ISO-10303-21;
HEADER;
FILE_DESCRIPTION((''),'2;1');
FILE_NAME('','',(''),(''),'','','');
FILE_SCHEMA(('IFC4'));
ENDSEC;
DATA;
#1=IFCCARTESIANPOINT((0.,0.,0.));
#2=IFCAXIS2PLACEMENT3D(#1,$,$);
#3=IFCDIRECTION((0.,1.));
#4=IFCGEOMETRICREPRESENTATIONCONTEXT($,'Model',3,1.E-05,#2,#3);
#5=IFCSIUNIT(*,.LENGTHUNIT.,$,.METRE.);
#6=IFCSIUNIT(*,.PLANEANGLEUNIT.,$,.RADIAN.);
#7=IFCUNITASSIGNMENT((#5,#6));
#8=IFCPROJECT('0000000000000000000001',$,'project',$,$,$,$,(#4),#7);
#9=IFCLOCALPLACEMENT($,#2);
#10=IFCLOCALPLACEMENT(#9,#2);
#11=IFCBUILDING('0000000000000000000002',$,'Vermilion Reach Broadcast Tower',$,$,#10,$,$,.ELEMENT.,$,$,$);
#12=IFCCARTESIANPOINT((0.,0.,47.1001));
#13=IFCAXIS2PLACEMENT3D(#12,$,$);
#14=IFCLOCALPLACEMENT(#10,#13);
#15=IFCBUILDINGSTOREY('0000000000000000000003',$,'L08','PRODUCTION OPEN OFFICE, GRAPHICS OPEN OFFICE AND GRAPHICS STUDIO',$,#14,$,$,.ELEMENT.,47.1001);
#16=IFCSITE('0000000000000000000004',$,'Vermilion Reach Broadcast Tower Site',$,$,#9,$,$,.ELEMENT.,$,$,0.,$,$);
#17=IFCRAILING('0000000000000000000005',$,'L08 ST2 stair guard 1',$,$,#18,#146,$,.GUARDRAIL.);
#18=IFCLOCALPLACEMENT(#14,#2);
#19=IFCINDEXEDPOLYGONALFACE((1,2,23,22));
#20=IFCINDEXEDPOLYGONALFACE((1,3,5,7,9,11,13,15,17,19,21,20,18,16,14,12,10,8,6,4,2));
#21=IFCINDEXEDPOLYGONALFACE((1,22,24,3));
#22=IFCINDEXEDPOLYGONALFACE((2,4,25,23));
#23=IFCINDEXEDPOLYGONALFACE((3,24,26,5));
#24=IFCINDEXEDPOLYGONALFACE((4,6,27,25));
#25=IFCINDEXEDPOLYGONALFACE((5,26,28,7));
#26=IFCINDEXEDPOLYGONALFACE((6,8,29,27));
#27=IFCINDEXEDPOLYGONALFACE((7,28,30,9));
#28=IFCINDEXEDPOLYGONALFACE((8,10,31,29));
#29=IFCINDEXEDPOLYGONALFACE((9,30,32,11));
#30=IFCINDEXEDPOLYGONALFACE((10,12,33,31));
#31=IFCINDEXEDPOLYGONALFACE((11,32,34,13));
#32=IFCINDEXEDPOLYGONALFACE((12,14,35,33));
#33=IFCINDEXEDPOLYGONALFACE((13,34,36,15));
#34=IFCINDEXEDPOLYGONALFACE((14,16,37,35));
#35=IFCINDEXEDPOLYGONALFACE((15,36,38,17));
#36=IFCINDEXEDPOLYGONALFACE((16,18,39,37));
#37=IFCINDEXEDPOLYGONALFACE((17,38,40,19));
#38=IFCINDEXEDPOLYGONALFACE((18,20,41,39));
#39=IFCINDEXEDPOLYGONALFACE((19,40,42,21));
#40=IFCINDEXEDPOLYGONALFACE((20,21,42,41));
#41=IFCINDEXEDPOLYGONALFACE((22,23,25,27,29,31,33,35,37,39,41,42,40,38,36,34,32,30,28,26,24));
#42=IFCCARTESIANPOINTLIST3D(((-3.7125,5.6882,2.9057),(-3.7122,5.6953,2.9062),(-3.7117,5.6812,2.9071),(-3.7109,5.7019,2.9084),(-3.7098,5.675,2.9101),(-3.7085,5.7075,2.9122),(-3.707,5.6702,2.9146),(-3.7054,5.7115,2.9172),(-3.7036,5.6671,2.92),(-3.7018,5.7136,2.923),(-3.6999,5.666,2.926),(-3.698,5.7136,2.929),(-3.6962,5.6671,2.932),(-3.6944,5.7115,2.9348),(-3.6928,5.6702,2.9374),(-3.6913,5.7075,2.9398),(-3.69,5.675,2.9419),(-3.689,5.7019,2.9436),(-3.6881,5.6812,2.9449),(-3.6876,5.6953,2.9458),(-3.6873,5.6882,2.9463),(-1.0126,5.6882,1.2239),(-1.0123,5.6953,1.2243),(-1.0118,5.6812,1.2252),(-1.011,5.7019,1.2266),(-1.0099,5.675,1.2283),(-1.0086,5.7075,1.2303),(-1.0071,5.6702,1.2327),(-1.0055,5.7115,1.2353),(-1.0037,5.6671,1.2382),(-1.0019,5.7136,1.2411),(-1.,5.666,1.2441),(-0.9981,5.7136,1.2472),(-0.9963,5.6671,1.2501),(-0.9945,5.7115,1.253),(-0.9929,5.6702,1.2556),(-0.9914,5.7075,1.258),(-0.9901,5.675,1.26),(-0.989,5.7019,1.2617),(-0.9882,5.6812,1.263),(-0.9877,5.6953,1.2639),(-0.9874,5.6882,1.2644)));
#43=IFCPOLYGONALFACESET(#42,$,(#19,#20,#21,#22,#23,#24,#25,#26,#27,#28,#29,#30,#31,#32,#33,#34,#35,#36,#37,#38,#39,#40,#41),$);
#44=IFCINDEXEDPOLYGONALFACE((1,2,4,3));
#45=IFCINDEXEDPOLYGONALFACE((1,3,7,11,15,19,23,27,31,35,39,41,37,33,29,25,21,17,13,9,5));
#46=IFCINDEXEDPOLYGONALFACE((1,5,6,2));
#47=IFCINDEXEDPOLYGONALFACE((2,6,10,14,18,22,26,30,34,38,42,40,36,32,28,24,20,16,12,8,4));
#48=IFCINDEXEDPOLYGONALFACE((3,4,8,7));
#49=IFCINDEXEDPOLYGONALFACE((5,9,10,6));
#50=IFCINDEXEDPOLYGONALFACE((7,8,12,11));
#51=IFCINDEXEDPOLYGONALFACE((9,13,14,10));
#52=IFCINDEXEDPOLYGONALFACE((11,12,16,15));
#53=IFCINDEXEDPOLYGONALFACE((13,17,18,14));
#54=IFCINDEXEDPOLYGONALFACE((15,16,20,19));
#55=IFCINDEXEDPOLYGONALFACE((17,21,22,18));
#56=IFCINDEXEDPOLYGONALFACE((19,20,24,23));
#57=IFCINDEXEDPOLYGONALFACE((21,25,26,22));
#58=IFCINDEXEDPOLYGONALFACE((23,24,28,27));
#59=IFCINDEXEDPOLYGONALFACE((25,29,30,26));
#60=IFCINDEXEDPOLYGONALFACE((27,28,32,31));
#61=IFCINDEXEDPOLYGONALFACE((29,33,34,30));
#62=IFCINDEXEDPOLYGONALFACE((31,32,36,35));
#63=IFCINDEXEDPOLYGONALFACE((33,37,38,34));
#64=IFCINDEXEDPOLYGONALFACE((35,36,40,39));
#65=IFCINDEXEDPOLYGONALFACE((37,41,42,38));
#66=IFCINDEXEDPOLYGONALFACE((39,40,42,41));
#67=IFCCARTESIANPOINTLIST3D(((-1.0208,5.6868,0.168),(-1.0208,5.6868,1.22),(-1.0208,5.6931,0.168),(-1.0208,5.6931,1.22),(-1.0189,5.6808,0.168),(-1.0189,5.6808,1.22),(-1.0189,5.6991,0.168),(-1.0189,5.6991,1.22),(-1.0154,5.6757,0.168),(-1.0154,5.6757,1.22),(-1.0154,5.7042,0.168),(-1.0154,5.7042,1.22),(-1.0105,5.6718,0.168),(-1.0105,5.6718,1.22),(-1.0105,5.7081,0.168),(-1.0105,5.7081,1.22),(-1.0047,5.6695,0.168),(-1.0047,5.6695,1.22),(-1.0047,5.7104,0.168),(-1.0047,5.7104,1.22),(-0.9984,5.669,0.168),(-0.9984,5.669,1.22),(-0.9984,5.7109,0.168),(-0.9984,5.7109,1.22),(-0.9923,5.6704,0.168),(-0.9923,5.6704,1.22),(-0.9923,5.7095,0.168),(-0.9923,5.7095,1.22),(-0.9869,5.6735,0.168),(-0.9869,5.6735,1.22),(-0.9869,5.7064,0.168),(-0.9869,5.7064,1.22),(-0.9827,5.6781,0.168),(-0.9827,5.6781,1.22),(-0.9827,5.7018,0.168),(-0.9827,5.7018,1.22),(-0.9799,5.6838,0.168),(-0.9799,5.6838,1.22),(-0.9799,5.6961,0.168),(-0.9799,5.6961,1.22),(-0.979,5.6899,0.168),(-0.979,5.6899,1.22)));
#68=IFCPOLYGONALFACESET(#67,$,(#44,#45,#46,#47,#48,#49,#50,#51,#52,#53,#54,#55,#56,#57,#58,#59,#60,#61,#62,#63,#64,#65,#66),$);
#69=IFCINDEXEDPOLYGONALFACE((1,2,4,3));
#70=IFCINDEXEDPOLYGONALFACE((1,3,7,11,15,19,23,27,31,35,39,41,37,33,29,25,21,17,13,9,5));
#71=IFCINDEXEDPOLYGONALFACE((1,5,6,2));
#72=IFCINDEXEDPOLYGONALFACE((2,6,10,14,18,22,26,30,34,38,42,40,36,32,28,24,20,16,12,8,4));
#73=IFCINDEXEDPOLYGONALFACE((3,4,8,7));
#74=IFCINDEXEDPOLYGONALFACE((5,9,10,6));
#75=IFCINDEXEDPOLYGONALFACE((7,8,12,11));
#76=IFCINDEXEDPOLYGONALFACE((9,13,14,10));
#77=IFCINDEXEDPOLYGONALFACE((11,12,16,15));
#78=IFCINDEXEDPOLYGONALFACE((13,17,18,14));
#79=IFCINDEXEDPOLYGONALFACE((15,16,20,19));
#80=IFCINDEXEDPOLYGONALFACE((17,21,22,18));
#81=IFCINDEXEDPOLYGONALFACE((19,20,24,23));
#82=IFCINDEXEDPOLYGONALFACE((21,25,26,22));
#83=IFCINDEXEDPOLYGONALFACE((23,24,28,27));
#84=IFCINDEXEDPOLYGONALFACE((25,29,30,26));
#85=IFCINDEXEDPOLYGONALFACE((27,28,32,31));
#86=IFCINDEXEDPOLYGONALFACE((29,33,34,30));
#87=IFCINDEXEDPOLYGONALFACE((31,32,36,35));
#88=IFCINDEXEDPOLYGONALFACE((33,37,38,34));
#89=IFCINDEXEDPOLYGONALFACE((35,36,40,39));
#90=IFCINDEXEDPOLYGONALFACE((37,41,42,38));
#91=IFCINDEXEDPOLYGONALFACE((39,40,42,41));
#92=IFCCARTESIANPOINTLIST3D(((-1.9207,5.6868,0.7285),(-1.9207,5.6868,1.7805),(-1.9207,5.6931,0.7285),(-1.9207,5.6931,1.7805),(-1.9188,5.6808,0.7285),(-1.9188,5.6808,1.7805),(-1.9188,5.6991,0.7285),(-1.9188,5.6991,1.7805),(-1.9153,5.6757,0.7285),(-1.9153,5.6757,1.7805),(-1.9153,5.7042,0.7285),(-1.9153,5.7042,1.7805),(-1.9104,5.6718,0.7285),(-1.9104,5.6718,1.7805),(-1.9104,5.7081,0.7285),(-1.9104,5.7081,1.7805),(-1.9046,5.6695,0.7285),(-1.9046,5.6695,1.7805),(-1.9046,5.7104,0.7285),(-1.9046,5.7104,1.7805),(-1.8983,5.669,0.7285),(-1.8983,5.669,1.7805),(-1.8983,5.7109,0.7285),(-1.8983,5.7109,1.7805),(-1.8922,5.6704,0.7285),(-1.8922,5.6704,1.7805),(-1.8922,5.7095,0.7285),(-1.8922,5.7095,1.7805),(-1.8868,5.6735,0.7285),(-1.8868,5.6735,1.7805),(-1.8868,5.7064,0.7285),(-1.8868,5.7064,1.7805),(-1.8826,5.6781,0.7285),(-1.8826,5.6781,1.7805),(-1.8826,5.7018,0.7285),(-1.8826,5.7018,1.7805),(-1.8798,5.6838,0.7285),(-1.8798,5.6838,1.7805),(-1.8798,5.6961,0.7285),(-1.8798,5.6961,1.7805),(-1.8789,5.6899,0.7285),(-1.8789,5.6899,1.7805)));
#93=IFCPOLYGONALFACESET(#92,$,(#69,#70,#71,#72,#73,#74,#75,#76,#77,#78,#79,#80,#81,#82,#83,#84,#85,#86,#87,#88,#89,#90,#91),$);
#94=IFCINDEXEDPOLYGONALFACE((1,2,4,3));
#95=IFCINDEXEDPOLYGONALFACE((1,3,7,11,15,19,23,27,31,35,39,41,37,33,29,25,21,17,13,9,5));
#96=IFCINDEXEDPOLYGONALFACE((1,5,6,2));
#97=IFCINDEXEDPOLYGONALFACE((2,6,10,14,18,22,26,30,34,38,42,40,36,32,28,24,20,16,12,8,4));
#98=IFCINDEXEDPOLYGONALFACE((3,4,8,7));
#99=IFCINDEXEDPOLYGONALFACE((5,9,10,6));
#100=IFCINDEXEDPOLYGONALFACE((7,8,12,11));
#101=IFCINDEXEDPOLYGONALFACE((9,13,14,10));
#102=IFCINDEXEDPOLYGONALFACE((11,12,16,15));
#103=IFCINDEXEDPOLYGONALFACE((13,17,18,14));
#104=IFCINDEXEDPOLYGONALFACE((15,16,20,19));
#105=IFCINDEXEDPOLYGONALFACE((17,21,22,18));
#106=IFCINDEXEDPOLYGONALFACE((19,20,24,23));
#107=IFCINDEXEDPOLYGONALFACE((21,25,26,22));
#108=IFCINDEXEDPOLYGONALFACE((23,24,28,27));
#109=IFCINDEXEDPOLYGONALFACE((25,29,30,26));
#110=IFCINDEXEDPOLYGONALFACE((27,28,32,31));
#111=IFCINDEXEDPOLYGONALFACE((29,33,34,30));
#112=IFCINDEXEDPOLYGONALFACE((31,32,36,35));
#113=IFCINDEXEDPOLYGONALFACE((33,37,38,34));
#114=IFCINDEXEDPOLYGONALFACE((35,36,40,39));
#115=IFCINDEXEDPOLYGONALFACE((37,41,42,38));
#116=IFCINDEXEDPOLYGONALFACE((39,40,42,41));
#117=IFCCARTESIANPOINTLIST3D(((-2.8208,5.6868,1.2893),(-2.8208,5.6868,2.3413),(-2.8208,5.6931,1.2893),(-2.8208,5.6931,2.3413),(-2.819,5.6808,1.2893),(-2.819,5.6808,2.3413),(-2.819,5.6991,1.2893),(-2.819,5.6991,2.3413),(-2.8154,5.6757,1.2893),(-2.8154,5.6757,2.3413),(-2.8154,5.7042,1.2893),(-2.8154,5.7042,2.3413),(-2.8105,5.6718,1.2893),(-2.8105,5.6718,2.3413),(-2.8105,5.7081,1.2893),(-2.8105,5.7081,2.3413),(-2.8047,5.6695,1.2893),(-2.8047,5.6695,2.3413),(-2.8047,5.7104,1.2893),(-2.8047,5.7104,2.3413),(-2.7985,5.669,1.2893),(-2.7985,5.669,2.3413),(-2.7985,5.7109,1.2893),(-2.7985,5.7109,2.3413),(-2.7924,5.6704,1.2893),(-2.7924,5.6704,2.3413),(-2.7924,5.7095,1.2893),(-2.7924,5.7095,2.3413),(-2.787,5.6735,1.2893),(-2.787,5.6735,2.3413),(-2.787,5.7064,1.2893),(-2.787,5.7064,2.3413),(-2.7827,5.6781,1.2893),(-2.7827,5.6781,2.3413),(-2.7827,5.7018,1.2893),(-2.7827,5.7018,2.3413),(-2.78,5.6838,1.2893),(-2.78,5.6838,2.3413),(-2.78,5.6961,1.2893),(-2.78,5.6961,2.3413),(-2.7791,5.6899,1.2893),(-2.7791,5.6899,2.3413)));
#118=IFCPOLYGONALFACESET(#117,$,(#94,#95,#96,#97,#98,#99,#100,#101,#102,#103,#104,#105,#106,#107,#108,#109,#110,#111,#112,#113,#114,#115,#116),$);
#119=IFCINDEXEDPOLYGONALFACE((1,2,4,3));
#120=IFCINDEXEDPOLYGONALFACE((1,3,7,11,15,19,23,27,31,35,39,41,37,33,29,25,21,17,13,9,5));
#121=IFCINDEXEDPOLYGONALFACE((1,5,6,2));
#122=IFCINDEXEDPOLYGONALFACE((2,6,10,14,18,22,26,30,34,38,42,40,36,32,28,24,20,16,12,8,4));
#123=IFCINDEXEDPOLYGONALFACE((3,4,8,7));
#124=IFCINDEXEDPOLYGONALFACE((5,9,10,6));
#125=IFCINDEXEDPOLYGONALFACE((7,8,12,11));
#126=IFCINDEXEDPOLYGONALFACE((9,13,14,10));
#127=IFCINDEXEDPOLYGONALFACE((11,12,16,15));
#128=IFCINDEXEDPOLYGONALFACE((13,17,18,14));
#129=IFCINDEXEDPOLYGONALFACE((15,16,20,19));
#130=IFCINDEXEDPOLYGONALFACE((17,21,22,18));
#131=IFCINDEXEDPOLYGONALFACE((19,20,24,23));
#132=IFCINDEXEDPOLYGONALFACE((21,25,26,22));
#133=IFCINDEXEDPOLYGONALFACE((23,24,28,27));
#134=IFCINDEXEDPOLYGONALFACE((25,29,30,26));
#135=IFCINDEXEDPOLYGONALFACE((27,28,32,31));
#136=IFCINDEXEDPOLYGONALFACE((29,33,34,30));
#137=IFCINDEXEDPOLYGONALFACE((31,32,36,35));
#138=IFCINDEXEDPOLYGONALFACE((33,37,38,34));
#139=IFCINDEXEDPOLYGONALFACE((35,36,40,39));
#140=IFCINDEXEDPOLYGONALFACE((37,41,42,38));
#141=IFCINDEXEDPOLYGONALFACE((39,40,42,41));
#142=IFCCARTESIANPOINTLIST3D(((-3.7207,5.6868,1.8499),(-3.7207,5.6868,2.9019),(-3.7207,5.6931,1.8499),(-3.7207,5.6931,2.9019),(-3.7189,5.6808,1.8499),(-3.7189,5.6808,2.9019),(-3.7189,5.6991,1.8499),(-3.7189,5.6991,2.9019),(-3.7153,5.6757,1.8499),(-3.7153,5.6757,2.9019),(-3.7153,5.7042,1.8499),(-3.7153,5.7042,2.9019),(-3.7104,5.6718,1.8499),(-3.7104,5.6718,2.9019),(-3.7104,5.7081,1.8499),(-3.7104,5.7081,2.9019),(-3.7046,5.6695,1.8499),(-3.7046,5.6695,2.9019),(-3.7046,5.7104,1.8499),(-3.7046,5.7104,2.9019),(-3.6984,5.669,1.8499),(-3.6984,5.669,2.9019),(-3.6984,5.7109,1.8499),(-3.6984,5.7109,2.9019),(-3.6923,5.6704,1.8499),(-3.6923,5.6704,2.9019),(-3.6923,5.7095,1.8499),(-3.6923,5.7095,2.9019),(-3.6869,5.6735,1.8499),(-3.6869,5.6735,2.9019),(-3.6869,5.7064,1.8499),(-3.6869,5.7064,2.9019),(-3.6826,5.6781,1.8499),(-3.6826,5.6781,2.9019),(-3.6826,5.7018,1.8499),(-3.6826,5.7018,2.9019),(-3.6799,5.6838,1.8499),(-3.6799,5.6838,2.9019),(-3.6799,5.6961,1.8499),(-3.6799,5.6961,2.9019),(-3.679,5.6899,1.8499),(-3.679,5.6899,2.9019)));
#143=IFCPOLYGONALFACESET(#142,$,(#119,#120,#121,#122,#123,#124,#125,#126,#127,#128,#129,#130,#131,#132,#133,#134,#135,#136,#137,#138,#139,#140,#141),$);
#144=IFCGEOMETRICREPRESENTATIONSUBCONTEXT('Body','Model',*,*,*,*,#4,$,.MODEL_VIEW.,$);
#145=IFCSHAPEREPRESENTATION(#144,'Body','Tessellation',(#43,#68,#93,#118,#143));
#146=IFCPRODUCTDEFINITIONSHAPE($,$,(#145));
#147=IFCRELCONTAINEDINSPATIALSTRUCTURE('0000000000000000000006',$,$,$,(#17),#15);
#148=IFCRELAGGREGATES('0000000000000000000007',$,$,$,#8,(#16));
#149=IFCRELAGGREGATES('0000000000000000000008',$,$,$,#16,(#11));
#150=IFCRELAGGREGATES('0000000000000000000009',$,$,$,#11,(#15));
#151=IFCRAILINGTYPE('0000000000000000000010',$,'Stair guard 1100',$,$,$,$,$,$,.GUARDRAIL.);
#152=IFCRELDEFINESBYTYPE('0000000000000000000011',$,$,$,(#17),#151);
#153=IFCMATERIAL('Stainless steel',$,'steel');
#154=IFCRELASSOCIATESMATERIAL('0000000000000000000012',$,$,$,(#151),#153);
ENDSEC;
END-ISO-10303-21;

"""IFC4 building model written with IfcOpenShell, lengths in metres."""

from ifc_helpers import new_model, si_unit, direction, frame, origin, origin_2d, place, context, subcontext, project, spatial, circle, extrude, material, type_object, element, save


model = new_model("IFC4")

# Units and contexts
model_context = context("Model", 3, precision=1e-05, world=origin(), true_north=direction((0.0, 1.0)))
body_context = subcontext(model_context, "Body", "Model", "MODEL_VIEW")
ifc_project = project(units=[si_unit("LENGTHUNIT", "METRE"), si_unit("PLANEANGLEUNIT", "RADIAN")], contexts=[model_context])

# Site, building, storey
site_placement = place(None, origin())
site = spatial("IfcSite", under=ifc_project, at=site_placement, Name="Vermilion Reach Broadcast Tower Site", CompositionType="ELEMENT", RefElevation=0.0)
building_placement = place(site_placement, origin())
building = spatial("IfcBuilding", under=site, at=building_placement, Name="Vermilion Reach Broadcast Tower", CompositionType="ELEMENT")
storey_placement = place(building_placement, frame((0.0, 0.0, 47.1001)))
storey = spatial("IfcBuildingStorey", under=building, at=storey_placement, Name="L08", Description="PRODUCTION OPEN OFFICE, GRAPHICS OPEN OFFICE AND GRAPHICS STUDIO", CompositionType="ELEMENT", Elevation=47.1001)

# Railing
ifc_material_1 = material(Name="Stainless steel", Category="steel")
railing_type_1 = type_object("IfcRailingType", Name="Stair guard 1100", PredefinedType="GUARDRAIL", material=ifc_material_1)
railing_1_placement = place(storey_placement, frame((-1.0, 5.6899, 0.168)))
element("IfcRailing", 1, at=railing_1_placement, inside=storey, type_object=railing_type_1, Name="L08 ST2 stair guard 1", PredefinedType="GUARDRAIL", context=body_context, shape_type="SweptSolid", body=[
    extrude(circle(Radius=0.0239, at=origin_2d()), frame((0.0, 0.0, 1.0762), z_axis=(-0.848786, 0.0, 0.528736), x_axis=(0.0, -1.0, 0.0)), (0.0, 0.0, 1.0), 3.1809),
    extrude(circle(Radius=0.021, at=origin_2d()), origin(), (0.0, 0.0, 1.0), 1.052),
    extrude(circle(Radius=0.021, at=origin_2d()), frame((-0.8999, 0.0, 0.5605)), (0.0, 0.0, 1.0), 1.052),
    extrude(circle(Radius=0.021, at=origin_2d()), frame((-1.8, 0.0, 1.1213)), (0.0, 0.0, 1.0), 1.052),
    extrude(circle(Radius=0.021, at=origin_2d()), frame((-2.7, 0.0, 1.6819)), (0.0, 0.0, 1.0), 1.052),
])

save(model, "model.ifc")
